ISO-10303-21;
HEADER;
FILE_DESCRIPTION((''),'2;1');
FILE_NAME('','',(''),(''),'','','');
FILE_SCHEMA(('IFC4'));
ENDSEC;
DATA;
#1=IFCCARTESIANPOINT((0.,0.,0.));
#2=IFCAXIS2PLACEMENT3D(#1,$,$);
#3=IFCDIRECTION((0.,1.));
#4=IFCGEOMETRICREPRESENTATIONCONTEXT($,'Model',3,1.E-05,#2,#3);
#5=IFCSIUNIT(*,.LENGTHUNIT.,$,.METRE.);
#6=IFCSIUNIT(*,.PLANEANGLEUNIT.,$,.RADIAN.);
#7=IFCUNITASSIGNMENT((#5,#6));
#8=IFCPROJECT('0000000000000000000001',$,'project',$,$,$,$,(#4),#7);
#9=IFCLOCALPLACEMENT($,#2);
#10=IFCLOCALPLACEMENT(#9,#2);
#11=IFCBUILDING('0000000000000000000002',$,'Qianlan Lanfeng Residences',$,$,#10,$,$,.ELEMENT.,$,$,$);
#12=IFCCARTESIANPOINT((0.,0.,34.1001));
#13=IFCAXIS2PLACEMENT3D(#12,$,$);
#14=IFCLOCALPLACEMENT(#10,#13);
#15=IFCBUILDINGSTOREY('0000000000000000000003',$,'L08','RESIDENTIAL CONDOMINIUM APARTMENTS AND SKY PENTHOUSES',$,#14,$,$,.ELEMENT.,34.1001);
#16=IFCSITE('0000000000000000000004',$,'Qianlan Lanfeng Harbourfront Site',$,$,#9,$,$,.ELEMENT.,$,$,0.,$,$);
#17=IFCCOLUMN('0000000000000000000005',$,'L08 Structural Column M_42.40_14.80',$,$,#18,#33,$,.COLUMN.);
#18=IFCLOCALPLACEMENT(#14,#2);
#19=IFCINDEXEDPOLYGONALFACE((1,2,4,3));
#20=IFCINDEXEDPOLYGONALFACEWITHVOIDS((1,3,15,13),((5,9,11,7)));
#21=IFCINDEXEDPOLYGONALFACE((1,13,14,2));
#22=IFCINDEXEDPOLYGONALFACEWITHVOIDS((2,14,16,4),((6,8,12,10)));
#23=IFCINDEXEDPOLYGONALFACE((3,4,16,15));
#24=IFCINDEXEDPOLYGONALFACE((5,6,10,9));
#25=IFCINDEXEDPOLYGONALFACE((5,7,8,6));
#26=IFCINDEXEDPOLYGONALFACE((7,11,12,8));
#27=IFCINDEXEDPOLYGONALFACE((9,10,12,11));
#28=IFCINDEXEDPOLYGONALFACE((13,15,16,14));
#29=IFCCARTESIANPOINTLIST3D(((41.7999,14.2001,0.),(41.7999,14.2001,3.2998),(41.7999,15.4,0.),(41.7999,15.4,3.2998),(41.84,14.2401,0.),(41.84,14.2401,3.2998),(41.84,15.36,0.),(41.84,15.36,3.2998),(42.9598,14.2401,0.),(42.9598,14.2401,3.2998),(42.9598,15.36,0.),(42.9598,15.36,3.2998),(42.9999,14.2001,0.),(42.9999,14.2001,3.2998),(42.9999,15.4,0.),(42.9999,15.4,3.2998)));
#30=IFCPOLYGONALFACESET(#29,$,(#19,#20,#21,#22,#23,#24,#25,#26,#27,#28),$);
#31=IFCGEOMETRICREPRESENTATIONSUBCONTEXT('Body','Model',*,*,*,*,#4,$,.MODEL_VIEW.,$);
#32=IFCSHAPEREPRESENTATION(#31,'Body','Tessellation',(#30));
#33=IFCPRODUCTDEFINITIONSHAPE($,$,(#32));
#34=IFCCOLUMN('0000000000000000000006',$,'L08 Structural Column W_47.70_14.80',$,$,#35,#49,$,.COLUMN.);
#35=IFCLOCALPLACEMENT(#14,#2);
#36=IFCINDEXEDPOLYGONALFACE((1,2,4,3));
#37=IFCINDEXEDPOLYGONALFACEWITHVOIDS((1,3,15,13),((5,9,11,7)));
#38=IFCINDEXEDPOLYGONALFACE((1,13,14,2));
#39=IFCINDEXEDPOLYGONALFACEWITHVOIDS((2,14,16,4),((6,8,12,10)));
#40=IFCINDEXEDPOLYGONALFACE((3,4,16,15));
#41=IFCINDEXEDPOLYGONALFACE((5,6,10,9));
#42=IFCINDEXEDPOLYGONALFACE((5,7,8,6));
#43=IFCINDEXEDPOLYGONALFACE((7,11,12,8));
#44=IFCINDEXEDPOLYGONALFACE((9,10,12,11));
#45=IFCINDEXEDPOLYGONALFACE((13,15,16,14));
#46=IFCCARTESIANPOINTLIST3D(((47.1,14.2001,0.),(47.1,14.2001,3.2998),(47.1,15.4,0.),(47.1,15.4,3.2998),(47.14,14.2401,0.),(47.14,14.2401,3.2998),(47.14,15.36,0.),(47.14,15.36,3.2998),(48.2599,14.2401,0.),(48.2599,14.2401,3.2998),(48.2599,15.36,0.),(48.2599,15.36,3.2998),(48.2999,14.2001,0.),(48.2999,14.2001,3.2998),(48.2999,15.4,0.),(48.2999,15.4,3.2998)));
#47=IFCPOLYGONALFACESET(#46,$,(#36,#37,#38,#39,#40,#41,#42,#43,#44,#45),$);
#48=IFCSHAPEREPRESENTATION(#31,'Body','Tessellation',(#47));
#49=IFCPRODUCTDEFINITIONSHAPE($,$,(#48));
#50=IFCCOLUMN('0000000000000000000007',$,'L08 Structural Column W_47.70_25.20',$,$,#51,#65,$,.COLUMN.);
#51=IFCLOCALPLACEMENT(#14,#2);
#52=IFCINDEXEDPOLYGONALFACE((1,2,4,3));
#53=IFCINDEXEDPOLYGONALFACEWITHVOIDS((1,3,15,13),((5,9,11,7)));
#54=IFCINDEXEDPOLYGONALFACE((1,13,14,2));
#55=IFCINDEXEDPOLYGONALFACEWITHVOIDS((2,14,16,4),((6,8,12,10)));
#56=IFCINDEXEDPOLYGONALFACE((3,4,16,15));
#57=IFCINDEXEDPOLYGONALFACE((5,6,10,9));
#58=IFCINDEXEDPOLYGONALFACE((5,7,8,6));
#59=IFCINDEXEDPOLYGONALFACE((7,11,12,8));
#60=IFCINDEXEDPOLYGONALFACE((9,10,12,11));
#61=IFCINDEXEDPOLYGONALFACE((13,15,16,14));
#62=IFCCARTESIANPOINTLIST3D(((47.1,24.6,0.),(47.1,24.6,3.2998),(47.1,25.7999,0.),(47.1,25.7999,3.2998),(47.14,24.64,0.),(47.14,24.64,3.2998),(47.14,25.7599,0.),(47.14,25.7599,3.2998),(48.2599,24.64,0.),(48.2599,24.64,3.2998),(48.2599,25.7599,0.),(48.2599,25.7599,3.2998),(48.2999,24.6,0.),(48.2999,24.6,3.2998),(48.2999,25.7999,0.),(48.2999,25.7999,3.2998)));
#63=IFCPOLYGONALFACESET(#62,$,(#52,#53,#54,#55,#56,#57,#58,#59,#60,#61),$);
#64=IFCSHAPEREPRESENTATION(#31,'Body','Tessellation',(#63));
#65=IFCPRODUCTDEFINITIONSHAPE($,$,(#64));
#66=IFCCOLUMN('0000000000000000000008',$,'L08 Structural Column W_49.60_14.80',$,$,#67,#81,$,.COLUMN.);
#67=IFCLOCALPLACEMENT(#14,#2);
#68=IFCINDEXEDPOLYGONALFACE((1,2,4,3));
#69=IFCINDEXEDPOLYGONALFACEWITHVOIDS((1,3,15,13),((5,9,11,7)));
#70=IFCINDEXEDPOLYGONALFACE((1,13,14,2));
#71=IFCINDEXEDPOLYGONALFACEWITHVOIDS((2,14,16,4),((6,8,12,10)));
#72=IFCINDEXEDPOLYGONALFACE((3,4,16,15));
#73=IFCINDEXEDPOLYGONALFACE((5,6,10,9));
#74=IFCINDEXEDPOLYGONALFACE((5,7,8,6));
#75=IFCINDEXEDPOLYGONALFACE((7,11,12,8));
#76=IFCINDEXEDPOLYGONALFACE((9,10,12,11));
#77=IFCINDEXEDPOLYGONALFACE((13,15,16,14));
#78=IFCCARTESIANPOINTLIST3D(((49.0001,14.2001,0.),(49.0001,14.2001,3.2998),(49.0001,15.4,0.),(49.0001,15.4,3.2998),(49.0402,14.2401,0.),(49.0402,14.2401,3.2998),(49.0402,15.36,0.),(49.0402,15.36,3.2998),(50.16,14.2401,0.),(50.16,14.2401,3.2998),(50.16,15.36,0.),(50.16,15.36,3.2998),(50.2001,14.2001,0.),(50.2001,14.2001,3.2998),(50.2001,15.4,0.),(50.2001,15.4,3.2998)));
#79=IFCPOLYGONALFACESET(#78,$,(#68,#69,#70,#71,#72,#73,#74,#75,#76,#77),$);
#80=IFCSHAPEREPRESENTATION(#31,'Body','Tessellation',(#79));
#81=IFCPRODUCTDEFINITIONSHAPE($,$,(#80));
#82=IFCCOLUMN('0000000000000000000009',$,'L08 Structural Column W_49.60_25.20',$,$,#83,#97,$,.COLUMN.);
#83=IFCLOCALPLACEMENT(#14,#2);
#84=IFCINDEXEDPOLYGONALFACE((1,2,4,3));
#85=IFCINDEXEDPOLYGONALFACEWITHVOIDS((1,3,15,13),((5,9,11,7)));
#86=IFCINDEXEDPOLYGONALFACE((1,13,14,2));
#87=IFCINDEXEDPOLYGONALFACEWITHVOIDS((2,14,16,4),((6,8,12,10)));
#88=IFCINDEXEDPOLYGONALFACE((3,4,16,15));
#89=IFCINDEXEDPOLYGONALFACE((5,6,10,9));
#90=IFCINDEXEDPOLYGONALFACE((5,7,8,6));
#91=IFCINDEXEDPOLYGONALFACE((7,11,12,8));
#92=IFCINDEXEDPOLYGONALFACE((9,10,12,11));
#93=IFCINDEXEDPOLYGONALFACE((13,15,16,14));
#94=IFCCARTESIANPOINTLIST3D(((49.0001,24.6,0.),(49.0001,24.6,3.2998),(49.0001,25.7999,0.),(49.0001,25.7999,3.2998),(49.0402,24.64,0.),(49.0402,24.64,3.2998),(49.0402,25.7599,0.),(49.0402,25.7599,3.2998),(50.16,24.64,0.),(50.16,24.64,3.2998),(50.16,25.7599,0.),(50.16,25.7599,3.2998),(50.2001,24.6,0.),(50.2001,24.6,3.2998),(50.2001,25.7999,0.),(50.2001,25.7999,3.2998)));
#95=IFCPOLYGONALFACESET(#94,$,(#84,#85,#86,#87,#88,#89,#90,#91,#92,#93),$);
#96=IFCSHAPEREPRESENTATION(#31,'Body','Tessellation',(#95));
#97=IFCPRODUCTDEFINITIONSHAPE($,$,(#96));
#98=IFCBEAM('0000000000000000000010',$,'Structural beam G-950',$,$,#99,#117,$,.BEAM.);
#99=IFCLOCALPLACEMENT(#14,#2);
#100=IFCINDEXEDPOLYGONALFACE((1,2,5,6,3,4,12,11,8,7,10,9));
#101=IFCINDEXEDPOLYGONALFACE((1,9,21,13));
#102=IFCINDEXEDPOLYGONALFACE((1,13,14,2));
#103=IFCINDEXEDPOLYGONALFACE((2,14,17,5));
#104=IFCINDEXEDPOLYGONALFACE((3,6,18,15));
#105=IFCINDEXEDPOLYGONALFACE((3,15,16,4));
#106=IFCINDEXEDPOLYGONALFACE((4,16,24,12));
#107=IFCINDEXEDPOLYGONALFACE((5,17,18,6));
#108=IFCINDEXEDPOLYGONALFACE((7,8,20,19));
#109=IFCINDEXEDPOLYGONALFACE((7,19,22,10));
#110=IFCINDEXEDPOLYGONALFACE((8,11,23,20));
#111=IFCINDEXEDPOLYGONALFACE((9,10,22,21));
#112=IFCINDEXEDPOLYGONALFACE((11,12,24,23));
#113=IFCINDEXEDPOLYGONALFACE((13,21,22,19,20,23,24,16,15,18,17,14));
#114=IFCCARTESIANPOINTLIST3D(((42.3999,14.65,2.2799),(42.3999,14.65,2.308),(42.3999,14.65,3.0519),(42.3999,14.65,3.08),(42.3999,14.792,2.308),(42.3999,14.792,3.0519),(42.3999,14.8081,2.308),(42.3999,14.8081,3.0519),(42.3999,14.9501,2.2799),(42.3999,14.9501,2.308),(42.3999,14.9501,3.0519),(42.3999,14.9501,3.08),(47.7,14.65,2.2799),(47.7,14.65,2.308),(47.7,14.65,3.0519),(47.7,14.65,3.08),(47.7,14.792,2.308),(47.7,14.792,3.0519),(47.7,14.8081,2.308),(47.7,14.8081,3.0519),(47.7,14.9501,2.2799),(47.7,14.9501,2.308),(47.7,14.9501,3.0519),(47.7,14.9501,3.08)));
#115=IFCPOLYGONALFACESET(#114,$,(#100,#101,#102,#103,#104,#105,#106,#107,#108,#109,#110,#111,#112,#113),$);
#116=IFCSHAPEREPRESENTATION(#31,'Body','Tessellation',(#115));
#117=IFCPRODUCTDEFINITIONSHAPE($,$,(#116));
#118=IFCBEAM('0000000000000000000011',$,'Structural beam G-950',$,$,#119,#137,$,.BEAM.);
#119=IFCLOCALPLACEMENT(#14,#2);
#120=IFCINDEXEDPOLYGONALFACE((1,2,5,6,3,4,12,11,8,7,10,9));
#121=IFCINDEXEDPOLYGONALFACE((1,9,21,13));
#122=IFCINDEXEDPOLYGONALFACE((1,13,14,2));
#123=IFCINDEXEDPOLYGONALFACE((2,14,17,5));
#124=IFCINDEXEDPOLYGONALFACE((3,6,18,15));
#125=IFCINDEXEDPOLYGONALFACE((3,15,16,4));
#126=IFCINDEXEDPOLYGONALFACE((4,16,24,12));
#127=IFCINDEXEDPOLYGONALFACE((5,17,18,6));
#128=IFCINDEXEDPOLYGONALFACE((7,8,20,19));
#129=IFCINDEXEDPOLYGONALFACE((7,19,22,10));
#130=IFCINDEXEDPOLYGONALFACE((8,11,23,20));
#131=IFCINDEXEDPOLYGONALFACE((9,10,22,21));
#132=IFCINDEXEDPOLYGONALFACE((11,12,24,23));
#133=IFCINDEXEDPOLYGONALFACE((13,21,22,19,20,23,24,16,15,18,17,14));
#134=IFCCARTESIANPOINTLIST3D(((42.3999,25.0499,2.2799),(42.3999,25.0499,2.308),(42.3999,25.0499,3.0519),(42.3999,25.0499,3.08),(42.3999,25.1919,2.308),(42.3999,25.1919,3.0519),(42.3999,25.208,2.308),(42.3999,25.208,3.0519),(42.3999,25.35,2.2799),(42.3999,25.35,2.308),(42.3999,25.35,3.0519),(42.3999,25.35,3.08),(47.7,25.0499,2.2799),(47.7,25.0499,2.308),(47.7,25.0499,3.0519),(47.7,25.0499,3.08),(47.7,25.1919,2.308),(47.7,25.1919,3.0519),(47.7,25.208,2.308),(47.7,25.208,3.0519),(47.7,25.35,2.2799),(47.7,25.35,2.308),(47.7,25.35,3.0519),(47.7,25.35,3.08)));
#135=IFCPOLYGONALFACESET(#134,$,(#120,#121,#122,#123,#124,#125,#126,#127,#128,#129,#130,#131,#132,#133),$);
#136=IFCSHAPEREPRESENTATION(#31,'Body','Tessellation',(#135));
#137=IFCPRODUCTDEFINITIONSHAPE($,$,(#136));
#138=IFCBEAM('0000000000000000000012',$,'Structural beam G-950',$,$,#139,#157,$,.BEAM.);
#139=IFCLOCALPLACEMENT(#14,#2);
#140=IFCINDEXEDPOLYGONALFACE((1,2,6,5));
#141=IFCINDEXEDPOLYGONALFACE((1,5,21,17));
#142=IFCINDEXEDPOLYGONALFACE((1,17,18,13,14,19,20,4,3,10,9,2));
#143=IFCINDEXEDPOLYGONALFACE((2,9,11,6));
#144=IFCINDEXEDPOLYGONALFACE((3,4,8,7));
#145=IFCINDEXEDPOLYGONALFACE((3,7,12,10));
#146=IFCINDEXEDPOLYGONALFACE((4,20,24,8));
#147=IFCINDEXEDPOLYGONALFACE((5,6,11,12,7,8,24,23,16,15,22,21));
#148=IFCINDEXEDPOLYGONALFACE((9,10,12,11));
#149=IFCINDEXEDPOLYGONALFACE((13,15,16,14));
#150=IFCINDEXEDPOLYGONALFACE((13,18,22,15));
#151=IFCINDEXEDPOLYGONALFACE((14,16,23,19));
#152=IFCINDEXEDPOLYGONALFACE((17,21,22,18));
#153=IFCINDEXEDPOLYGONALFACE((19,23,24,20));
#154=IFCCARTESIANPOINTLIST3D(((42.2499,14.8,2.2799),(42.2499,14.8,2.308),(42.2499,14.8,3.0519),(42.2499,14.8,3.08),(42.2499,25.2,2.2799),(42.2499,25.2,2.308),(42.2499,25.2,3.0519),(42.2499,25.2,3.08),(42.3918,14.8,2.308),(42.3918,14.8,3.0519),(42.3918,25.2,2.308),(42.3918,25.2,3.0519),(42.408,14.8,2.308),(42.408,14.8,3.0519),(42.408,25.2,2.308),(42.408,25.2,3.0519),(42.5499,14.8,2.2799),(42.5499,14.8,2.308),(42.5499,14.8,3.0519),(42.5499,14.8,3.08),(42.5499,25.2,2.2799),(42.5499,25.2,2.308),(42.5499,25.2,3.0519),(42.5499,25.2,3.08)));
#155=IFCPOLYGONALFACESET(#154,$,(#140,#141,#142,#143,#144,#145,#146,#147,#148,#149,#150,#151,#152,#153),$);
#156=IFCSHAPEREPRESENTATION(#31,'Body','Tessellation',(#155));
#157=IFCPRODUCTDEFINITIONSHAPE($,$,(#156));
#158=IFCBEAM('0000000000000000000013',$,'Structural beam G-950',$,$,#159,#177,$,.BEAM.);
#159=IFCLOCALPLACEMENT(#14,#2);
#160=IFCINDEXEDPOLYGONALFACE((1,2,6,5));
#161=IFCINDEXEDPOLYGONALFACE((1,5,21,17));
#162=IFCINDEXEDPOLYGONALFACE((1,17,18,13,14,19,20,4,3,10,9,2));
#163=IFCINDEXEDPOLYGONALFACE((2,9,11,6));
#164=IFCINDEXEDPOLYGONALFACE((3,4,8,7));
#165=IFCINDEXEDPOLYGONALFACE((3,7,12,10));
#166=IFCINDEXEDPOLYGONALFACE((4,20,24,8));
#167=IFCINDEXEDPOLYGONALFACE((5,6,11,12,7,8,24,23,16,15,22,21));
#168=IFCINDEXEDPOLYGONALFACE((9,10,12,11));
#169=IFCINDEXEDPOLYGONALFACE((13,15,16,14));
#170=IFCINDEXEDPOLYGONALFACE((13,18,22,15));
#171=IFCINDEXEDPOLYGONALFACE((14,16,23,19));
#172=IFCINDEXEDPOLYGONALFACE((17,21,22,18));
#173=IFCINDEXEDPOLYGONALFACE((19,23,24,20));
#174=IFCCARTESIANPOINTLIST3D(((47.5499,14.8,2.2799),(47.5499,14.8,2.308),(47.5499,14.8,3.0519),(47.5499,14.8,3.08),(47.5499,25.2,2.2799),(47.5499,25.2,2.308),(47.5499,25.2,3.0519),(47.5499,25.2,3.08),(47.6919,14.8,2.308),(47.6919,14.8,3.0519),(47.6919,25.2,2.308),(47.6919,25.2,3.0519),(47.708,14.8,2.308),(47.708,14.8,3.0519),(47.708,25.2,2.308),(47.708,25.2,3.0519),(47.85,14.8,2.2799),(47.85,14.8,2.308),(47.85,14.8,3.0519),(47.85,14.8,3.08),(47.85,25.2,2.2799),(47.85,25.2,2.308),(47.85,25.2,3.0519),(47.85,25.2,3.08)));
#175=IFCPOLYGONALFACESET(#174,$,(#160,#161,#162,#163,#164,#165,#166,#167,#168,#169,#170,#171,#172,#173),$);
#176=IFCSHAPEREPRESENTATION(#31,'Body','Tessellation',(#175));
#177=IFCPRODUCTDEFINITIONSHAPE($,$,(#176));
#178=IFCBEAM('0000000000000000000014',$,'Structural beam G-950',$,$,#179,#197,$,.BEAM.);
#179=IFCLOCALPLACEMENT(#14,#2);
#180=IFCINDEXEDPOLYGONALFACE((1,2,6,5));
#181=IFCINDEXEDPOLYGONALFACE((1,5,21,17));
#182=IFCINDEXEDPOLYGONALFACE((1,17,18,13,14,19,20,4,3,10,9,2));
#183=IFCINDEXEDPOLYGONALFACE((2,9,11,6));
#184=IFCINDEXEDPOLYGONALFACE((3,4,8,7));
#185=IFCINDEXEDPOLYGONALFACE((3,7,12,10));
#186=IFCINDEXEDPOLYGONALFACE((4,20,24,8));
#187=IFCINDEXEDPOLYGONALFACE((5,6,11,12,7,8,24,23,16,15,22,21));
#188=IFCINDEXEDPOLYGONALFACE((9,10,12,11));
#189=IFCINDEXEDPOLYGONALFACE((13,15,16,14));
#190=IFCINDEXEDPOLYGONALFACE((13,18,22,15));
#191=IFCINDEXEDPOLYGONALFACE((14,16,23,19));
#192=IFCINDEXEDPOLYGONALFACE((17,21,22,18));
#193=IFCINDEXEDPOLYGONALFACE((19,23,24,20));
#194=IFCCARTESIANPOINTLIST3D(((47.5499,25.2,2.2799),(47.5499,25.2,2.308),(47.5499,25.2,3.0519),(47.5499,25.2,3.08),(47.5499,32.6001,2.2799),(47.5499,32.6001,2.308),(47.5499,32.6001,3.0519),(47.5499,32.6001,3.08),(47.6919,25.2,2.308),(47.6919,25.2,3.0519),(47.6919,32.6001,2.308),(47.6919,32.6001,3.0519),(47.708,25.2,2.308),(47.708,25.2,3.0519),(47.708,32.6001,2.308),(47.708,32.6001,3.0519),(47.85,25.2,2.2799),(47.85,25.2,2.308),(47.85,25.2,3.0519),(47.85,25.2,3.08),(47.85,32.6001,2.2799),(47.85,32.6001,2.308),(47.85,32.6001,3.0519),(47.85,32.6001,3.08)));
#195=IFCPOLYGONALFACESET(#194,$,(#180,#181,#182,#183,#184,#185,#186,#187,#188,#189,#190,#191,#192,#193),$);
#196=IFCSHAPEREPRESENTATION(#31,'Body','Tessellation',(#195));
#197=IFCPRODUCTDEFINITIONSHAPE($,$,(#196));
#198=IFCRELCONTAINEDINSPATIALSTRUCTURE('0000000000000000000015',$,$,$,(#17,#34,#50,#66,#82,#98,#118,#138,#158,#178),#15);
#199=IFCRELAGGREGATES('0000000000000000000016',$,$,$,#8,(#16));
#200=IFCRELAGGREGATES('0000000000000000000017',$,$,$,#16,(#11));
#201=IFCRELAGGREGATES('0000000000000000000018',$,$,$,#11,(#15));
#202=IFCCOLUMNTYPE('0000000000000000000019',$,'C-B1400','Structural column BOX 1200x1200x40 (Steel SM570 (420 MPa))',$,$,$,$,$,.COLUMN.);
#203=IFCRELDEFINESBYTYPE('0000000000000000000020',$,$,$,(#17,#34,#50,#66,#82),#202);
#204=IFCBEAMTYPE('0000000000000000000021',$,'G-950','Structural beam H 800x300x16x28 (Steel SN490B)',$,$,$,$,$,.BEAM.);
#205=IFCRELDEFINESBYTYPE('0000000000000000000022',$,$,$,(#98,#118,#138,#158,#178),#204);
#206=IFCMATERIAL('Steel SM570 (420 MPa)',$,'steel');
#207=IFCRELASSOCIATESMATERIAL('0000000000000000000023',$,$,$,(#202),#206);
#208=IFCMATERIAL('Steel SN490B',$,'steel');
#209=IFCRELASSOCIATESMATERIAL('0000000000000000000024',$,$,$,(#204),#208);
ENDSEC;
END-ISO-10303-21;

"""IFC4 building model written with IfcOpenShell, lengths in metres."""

from ifc_helpers import new_model, si_unit, direction, frame, origin, origin_2d, place, context, subcontext, project, spatial, hollow_rectangle, i_section, extrude, material, material_profile, profile_set, type_object, element, save


model = new_model("IFC4")

# Units and contexts
model_context = context("Model", 3, precision=1e-05, world=origin(), true_north=direction((0.0, 1.0)))
body_context = subcontext(model_context, "Body", "Model", "MODEL_VIEW")
ifc_project = project(units=[si_unit("LENGTHUNIT", "METRE"), si_unit("PLANEANGLEUNIT", "RADIAN")], contexts=[model_context])

# Site, building, storey
site_placement = place(None, origin())
site = spatial("IfcSite", under=ifc_project, at=site_placement, Name="Qianlan Lanfeng Harbourfront Site", CompositionType="ELEMENT", RefElevation=0.0)
building_placement = place(site_placement, origin())
building = spatial("IfcBuilding", under=site, at=building_placement, Name="Qianlan Lanfeng Residences", CompositionType="ELEMENT")
storey_placement = place(building_placement, frame((0.0, 0.0, 34.1001)))
storey = spatial("IfcBuildingStorey", under=building, at=storey_placement, Name="L08", Description="RESIDENTIAL CONDOMINIUM APARTMENTS AND SKY PENTHOUSES", CompositionType="ELEMENT", Elevation=34.1001)

# Columns
ifc_material_1 = material(Name="Steel SM570 (420 MPa)", Category="steel")
ifc_material_profile_1 = material_profile(ifc_material_1, hollow_rectangle(XDim=1.2, YDim=1.2, WallThickness=0.04, at=origin_2d()), Name="BOX 1200x1200x40")
ifc_profile_set_1 = profile_set([ifc_material_profile_1], Name="Steel SM570 (420 MPa)")
column_type = type_object("IfcColumnType", Name="C-B1400", Description="Structural column BOX 1200x1200x40 (Steel SM570 (420 MPa))", PredefinedType="COLUMN", material=ifc_profile_set_1)
for number, where, z_axis, x_axis, name in (
    (1, (42.3999, 14.8, 0.0), (0.0, 0.0, 1.0), (1.0, 0.0, 0.0), "L08 Structural Column M_42.40_14.80"),
    (2, (47.7, 14.8, 0.0), (0.0, 0.0, 1.0), (1.0, 0.0, 0.0), "L08 Structural Column W_47.70_14.80"),
    (3, (47.7, 25.2, 0.0), (0.0, 0.0, 1.0), (1.0, 0.0, 0.0), "L08 Structural Column W_47.70_25.20"),
    (4, (49.6001, 14.8, 0.0), (0.0, 0.0, 1.0), (1.0, 0.0, 0.0), "L08 Structural Column W_49.60_14.80"),
    (5, (49.6001, 25.2, 0.0), (0.0, 0.0, 1.0), (1.0, 0.0, 0.0), "L08 Structural Column W_49.60_25.20"),
):
    element("IfcColumn", number, at=place(storey_placement, frame(where, z_axis=z_axis, x_axis=x_axis)), inside=storey, type_object=column_type, Name=name, PredefinedType="COLUMN", context=body_context, shape_type="SweptSolid", body=[
        extrude(hollow_rectangle(XDim=1.2, YDim=1.2, WallThickness=0.04, at=origin_2d()), origin(), (0.0, 0.0, 1.0), 3.2998),
    ])

# Beams
ifc_material_2 = material(Name="Steel SN490B", Category="steel")
ifc_material_profile_2 = material_profile(ifc_material_2, i_section(OverallWidth=0.3, OverallDepth=0.8, WebThickness=0.0161, FlangeThickness=0.0281, at=origin_2d()), Name="H 800x300x16x28")
ifc_profile_set_2 = profile_set([ifc_material_profile_2], Name="Steel SN490B")
beam_type_1 = type_object("IfcBeamType", Name="G-950", Description="Structural beam H 800x300x16x28 (Steel SN490B)", PredefinedType="BEAM", material=ifc_profile_set_2)
for number, where, z_axis, x_axis, name in (
    (6, (42.3999, 14.8, 2.6799), (1.0, 0.0, 0.0), (0.0, 1.0, 0.0), "Structural beam G-950"),
    (7, (42.3999, 25.2, 2.6799), (1.0, 0.0, 0.0), (0.0, 1.0, 0.0), "Structural beam G-950"),
):
    element("IfcBeam", number, at=place(storey_placement, frame(where, z_axis=z_axis, x_axis=x_axis)), inside=storey, type_object=beam_type_1, Name=name, PredefinedType="BEAM", context=body_context, shape_type="SweptSolid", body=[
        extrude(i_section(OverallWidth=0.3, OverallDepth=0.8, WebThickness=0.0161, FlangeThickness=0.0281, at=origin_2d()), origin(), (0.0, 0.0, 1.0), 5.3),
    ])
for number, where, z_axis, x_axis, name in (
    (8, (42.3999, 14.8, 2.6799), (0.0, 1.0, 0.0), (-1.0, 0.0, 0.0), "Structural beam G-950"),
    (9, (47.7, 14.8, 2.6799), (0.0, 1.0, 0.0), (-1.0, 0.0, 0.0), "Structural beam G-950"),
):
    element("IfcBeam", number, at=place(storey_placement, frame(where, z_axis=z_axis, x_axis=x_axis)), inside=storey, type_object=beam_type_1, Name=name, PredefinedType="BEAM", context=body_context, shape_type="SweptSolid", body=[
        extrude(i_section(OverallWidth=0.3, OverallDepth=0.8, WebThickness=0.0161, FlangeThickness=0.0281, at=origin_2d()), origin(), (0.0, 0.0, 1.0), 10.3999),
    ])
beam_1_placement = place(storey_placement, frame((47.7, 25.2, 2.6799), z_axis=(0.0, 1.0, 0.0), x_axis=(-1.0, 0.0, 0.0)))
element("IfcBeam", 10, at=beam_1_placement, inside=storey, type_object=beam_type_1, Name="Structural beam G-950", PredefinedType="BEAM", context=body_context, shape_type="SweptSolid", body=[
    extrude(i_section(OverallWidth=0.3, OverallDepth=0.8, WebThickness=0.0161, FlangeThickness=0.0281, at=origin_2d()), origin(), (0.0, 0.0, 1.0), 7.4001),
])

save(model, "model.ifc")
